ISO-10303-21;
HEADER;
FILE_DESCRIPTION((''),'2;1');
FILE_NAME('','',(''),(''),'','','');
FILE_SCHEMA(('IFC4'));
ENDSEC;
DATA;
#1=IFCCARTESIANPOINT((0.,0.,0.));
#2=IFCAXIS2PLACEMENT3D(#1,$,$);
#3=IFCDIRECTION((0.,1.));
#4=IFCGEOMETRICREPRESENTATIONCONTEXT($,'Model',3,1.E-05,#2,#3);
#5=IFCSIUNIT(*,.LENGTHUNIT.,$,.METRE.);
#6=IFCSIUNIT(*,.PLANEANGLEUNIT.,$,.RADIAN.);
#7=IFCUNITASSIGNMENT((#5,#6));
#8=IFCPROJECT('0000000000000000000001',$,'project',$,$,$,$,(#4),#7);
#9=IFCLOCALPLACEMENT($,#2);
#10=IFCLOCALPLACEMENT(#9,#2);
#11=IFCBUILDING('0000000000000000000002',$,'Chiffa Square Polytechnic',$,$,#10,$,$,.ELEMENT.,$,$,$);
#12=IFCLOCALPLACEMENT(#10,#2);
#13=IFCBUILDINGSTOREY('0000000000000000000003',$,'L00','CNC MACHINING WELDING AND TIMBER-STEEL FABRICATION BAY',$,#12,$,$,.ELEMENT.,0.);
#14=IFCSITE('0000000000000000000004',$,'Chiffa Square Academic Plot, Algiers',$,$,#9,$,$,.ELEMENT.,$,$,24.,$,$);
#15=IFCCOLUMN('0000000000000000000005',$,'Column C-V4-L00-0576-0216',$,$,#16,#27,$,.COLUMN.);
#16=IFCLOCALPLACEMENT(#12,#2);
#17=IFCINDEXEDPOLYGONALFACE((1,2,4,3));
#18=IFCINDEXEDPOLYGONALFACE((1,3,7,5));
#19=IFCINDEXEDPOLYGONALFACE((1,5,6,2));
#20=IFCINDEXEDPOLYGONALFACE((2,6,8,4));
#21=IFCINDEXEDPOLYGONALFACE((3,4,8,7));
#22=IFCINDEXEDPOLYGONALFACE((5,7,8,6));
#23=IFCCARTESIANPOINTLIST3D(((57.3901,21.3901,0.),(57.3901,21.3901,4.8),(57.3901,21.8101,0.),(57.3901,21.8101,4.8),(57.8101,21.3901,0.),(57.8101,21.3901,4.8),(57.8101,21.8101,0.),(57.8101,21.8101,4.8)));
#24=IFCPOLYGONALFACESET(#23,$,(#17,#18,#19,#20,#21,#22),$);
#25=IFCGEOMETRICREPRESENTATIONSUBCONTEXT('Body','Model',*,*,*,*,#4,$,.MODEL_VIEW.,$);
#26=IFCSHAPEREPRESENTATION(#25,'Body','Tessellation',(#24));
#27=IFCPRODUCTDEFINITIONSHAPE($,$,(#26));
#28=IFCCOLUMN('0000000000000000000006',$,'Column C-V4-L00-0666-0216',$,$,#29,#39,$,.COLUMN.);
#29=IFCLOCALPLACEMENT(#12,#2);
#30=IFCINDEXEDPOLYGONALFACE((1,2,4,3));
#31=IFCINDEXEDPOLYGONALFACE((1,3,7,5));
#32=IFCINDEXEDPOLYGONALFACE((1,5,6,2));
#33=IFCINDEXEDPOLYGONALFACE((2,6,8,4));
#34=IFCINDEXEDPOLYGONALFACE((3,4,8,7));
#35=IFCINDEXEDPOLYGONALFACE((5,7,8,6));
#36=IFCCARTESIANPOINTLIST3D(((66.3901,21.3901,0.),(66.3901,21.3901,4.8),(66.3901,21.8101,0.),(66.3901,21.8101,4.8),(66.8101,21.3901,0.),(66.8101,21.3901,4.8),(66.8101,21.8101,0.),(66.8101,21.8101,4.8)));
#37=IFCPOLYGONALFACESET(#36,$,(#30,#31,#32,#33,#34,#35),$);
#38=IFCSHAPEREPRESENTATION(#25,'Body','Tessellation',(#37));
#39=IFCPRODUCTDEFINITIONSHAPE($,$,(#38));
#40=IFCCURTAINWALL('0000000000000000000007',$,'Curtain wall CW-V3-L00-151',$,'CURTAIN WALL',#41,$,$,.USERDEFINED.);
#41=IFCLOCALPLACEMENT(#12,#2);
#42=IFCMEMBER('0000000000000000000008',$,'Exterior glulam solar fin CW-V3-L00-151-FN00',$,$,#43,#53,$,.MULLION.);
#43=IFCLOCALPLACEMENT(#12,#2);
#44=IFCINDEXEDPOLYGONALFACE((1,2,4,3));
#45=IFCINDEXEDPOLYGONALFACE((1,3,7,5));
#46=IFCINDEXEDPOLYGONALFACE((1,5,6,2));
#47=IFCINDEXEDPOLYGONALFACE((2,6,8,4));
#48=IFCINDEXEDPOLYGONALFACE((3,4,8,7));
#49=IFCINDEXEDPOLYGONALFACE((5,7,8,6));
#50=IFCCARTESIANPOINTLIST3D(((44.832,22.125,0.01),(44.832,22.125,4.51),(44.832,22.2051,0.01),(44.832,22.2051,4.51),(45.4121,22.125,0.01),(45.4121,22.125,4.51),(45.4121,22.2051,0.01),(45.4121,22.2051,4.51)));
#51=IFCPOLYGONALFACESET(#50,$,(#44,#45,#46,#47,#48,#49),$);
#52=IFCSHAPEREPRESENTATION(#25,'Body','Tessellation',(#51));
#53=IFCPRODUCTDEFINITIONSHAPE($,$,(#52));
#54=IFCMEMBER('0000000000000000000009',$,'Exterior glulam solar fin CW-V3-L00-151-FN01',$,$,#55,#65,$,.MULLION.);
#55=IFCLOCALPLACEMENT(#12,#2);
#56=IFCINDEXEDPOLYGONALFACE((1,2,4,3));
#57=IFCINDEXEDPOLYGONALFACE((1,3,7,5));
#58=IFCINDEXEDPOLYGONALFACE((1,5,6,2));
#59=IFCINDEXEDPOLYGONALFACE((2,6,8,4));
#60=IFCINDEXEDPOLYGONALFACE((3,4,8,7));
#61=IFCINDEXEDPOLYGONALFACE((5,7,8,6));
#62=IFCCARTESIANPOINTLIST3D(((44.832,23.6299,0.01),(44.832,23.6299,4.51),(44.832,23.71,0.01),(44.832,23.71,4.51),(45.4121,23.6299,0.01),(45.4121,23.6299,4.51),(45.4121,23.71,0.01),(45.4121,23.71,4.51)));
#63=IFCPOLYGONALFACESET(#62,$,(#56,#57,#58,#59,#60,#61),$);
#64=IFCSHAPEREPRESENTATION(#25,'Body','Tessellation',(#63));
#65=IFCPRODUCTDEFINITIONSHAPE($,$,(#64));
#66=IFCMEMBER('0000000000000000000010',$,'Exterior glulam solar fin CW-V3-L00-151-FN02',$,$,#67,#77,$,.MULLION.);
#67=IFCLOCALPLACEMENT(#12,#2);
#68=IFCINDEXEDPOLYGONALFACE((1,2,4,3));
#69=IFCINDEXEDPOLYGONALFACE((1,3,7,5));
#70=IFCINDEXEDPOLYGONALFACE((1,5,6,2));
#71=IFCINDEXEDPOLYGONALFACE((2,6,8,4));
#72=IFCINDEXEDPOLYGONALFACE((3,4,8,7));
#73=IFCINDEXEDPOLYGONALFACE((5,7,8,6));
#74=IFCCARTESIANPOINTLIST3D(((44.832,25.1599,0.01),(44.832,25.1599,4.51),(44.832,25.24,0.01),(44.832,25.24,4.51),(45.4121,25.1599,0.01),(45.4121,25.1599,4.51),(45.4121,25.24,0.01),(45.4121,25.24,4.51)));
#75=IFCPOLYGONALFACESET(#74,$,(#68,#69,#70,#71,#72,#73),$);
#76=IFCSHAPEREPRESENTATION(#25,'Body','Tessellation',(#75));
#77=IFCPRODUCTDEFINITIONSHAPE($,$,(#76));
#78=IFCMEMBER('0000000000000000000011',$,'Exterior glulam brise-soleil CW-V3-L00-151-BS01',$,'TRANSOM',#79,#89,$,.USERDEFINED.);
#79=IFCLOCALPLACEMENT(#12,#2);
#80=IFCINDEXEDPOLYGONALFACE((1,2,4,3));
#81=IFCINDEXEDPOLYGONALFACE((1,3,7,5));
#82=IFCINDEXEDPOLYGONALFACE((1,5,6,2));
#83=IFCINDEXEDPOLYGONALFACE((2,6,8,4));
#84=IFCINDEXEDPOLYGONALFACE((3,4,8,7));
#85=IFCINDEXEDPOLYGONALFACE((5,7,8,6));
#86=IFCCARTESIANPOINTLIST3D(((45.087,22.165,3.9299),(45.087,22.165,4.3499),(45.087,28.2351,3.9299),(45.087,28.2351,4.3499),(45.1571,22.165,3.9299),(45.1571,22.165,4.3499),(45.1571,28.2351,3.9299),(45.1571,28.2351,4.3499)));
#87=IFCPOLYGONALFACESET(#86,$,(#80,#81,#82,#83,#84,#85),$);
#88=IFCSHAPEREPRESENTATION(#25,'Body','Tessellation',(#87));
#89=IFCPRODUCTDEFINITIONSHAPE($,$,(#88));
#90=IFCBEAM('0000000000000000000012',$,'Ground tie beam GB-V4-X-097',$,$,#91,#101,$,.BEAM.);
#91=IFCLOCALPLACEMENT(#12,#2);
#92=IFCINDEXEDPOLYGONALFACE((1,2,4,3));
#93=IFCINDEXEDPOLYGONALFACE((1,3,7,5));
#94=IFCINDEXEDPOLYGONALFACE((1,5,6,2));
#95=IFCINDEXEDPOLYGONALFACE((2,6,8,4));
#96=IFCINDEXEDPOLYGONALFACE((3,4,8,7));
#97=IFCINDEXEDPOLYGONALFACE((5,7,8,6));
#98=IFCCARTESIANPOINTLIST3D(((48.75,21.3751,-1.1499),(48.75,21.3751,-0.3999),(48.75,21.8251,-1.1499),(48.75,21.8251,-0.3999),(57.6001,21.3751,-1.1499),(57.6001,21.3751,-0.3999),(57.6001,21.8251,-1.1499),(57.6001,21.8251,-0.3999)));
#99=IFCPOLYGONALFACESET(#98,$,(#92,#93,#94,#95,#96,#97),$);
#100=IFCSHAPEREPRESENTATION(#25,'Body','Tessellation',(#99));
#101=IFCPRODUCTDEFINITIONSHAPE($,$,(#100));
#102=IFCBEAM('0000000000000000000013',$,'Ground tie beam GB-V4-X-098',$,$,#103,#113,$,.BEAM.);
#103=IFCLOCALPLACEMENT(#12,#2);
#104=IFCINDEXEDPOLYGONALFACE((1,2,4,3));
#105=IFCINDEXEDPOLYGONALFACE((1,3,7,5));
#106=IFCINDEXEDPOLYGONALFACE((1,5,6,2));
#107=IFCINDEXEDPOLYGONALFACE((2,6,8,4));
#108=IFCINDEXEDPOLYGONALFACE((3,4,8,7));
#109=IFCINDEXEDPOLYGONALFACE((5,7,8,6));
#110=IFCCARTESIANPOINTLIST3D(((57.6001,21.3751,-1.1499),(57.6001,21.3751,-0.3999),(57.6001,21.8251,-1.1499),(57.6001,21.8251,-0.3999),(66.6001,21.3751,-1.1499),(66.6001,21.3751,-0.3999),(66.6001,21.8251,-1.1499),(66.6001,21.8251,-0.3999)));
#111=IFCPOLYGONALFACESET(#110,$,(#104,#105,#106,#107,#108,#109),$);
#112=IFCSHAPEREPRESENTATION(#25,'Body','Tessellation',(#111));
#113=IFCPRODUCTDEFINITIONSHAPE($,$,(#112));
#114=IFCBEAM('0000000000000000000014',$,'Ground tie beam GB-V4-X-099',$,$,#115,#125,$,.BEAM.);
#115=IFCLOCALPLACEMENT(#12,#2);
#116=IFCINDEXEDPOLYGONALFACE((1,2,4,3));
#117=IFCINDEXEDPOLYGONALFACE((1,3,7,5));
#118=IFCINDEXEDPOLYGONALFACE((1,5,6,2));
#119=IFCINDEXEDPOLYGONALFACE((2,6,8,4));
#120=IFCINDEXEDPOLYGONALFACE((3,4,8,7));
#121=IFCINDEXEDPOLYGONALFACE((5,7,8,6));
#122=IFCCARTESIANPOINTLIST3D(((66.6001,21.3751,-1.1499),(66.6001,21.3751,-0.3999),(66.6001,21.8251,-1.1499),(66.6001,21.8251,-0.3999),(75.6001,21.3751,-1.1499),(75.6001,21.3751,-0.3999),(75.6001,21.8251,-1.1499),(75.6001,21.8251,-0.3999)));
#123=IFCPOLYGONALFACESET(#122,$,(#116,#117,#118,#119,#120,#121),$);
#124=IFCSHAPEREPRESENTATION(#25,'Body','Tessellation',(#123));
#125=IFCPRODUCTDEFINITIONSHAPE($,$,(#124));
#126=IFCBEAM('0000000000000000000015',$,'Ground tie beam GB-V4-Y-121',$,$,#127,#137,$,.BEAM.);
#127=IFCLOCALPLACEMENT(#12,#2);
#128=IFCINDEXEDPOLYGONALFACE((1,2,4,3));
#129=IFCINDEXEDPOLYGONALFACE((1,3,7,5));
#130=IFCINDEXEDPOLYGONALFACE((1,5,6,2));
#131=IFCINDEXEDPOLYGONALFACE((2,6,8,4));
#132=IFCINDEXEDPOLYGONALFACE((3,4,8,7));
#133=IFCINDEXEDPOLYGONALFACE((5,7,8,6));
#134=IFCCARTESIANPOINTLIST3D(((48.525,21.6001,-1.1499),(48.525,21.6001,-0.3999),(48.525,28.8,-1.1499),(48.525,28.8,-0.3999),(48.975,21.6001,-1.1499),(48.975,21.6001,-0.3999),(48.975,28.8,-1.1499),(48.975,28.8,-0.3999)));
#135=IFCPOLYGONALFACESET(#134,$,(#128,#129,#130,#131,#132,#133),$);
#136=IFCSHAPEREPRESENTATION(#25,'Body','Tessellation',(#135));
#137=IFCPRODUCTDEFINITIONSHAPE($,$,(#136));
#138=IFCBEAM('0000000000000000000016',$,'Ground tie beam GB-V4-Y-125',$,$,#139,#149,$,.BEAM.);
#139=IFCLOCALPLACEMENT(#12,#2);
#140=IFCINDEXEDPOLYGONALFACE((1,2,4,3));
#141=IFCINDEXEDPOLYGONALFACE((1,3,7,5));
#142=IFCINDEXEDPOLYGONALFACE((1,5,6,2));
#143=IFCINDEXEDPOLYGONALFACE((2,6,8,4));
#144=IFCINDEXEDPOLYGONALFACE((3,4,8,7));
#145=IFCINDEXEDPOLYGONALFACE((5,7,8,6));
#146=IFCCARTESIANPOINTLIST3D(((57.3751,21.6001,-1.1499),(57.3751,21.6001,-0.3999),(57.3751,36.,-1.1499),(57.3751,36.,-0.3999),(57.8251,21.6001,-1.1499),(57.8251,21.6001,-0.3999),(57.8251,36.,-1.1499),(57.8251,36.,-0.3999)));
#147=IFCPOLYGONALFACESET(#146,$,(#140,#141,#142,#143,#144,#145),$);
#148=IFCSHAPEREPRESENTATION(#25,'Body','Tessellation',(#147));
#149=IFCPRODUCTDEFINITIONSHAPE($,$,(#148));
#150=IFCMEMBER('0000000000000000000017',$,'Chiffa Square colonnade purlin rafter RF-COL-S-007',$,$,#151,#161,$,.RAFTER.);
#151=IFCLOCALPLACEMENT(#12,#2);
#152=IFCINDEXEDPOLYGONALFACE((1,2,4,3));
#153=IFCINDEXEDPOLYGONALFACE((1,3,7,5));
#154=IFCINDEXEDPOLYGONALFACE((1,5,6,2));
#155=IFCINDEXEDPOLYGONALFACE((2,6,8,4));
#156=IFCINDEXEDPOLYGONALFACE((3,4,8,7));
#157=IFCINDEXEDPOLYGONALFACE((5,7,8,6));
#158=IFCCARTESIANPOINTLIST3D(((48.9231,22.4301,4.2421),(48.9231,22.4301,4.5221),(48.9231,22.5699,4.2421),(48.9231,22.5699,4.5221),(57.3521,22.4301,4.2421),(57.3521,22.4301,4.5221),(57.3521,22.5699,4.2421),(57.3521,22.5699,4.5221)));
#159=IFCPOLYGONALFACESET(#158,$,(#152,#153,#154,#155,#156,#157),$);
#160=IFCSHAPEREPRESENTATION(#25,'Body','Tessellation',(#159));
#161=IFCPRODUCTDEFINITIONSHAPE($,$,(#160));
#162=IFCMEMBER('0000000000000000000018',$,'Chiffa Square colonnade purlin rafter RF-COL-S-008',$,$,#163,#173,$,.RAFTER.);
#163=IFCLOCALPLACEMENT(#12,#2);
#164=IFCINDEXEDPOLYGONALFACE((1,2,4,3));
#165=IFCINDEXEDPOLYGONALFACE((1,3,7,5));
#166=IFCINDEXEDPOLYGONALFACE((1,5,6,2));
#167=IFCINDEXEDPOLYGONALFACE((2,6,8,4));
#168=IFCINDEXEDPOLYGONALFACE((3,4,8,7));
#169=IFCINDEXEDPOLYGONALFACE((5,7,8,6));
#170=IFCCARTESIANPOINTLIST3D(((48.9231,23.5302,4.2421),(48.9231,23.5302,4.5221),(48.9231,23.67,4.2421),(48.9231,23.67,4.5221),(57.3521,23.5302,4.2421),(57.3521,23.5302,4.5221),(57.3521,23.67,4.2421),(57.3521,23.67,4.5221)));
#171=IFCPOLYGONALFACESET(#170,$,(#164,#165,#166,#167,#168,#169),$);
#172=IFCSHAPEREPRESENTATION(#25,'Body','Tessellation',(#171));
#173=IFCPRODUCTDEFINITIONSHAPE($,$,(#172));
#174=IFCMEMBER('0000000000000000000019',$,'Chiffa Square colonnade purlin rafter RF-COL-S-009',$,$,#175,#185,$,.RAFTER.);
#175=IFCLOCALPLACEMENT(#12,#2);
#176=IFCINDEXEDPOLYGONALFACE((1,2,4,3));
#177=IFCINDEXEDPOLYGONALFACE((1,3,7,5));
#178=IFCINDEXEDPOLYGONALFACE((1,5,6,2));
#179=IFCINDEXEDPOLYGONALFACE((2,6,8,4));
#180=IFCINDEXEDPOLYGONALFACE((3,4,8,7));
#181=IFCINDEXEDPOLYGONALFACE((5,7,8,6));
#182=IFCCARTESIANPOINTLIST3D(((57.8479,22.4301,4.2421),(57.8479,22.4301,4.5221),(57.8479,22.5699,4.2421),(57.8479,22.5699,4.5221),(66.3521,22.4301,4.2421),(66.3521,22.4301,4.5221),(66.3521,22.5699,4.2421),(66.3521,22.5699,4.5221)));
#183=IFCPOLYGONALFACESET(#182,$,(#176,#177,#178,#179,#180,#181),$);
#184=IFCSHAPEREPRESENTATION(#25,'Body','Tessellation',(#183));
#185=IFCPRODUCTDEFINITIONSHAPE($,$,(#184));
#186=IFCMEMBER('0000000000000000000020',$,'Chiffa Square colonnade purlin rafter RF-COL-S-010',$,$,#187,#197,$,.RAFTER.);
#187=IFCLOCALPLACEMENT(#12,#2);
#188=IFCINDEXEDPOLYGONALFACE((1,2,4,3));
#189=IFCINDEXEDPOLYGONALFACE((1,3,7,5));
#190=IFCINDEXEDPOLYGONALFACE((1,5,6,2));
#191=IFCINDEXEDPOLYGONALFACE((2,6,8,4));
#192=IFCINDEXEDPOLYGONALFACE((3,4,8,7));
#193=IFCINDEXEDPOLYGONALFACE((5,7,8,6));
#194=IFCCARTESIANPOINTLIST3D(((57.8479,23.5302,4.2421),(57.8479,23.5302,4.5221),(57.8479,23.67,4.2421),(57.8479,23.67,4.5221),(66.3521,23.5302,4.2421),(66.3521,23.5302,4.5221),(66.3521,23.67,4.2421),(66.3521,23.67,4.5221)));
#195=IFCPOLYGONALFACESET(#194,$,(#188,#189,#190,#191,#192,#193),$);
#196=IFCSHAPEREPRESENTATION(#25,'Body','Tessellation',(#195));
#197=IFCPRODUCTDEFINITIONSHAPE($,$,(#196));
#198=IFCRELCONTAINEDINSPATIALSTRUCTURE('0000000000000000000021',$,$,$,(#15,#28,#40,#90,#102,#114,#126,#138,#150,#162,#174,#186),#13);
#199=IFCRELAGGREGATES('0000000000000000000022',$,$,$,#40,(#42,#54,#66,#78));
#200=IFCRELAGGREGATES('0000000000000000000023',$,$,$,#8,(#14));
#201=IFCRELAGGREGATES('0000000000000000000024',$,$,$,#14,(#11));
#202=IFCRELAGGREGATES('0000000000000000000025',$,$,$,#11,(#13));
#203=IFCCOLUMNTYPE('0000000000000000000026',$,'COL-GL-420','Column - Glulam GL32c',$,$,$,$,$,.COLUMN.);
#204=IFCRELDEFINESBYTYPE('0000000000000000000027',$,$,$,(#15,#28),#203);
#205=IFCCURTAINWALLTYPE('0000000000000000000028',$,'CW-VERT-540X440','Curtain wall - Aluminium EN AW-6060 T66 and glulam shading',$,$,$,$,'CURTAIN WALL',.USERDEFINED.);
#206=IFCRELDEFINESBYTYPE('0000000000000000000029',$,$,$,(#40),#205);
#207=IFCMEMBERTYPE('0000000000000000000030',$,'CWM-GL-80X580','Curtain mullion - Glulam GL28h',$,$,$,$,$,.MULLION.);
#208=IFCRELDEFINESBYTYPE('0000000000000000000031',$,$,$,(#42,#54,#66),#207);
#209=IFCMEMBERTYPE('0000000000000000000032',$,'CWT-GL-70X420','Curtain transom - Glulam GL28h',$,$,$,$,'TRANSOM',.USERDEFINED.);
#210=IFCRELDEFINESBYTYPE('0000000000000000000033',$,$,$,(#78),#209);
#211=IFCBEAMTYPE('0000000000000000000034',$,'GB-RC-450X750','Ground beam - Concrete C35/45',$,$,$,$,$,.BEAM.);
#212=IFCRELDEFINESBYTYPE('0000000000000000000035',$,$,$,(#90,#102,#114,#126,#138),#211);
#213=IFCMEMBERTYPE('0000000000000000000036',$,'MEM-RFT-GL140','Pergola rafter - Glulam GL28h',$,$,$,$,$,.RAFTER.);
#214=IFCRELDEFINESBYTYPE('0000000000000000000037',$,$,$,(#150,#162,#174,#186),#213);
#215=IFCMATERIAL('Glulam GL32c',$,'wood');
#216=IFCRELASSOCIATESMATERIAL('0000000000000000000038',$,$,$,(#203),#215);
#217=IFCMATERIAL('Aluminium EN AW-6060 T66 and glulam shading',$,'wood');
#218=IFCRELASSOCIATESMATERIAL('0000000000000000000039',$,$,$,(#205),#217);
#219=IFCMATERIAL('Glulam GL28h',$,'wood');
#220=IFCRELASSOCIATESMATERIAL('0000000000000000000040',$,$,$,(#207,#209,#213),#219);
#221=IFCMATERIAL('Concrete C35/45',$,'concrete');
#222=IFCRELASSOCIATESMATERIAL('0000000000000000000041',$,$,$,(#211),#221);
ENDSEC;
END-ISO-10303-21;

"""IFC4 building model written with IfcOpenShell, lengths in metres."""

from ifc_helpers import new_model, si_unit, direction, frame, origin, origin_2d, place, context, subcontext, project, spatial, rectangle, extrude, material, material_profile, profile_set, type_object, element, aggregate, save


model = new_model("IFC4")

# Units and contexts
model_context = context("Model", 3, precision=1e-05, world=origin(), true_north=direction((0.0, 1.0)))
body_context = subcontext(model_context, "Body", "Model", "MODEL_VIEW")
ifc_project = project(units=[si_unit("LENGTHUNIT", "METRE"), si_unit("PLANEANGLEUNIT", "RADIAN")], contexts=[model_context])

# Site, building, storey
site_placement = place(None, origin())
site = spatial("IfcSite", under=ifc_project, at=site_placement, Name="Chiffa Square Academic Plot, Algiers", CompositionType="ELEMENT", RefElevation=24.0)
building_placement = place(site_placement, origin())
building = spatial("IfcBuilding", under=site, at=building_placement, Name="Chiffa Square Polytechnic", CompositionType="ELEMENT")
storey_placement = place(building_placement, origin())
storey = spatial("IfcBuildingStorey", under=building, at=storey_placement, Name="L00", Description="CNC MACHINING WELDING AND TIMBER-STEEL FABRICATION BAY", CompositionType="ELEMENT", Elevation=0.0)

# Columns
ifc_material_1 = material(Name="Glulam GL32c", Category="wood")
ifc_material_profile_1 = material_profile(ifc_material_1, rectangle(XDim=0.4199, YDim=0.4199, at=origin_2d()), Name="GL32c 420x420")
ifc_profile_set_1 = profile_set([ifc_material_profile_1], Name="Glulam GL32c")
column_type = type_object("IfcColumnType", Name="COL-GL-420", Description="Column - Glulam GL32c", PredefinedType="COLUMN", material=ifc_profile_set_1)
for number, where, z_axis, x_axis, name in (
    (1, (57.6001, 21.6001, 0.0), (0.0, 0.0, 1.0), (1.0, 0.0, 0.0), "Column C-V4-L00-0576-0216"),
    (2, (66.6001, 21.6001, 0.0), (0.0, 0.0, 1.0), (1.0, 0.0, 0.0), "Column C-V4-L00-0666-0216"),
):
    element("IfcColumn", number, at=place(storey_placement, frame(where, z_axis=z_axis, x_axis=x_axis)), inside=storey, type_object=column_type, Name=name, PredefinedType="COLUMN", context=body_context, shape_type="SweptSolid", body=[
        extrude(rectangle(XDim=0.4199, YDim=0.4199, at=origin_2d()), origin(), (0.0, 0.0, 1.0), 4.8),
    ])

# Curtain wall, members
ifc_material_2 = material(Name="Aluminium EN AW-6060 T66 and glulam shading", Category="wood")
curtain_wall_type = type_object("IfcCurtainWallType", Name="CW-VERT-540X440", Description="Curtain wall - Aluminium EN AW-6060 T66 and glulam shading", ElementType="CURTAIN WALL", PredefinedType="USERDEFINED", material=ifc_material_2)
curtain_wall_placement = place(storey_placement, origin())
curtain_wall = element("IfcCurtainWall", 3, at=curtain_wall_placement, inside=storey, type_object=curtain_wall_type, Name="Curtain wall CW-V3-L00-151", ObjectType="CURTAIN WALL", PredefinedType="USERDEFINED")
ifc_material_3 = material(Name="Glulam GL28h", Category="wood")
ifc_material_profile_2 = material_profile(ifc_material_3, rectangle(XDim=0.0801, YDim=0.5801, at=origin_2d()), Name="GL28h 80x580")
ifc_profile_set_2 = profile_set([ifc_material_profile_2], Name="Glulam GL28h")
member_type_1 = type_object("IfcMemberType", Name="CWM-GL-80X580", Description="Curtain mullion - Glulam GL28h", PredefinedType="MULLION", material=ifc_profile_set_2)
member_1_placement = place(storey_placement, frame((45.1221, 22.165, 0.01), z_axis=(0.0, 0.0, 1.0), x_axis=(0.0, 1.0, 0.0)))
member_1 = element("IfcMember", 4, at=member_1_placement, type_object=member_type_1, Name="Exterior glulam solar fin CW-V3-L00-151-FN00", PredefinedType="MULLION", context=body_context, shape_type="SweptSolid", body=[
    extrude(rectangle(XDim=0.0801, YDim=0.5801, at=origin_2d()), origin(), (0.0, 0.0, 1.0), 4.5),
])
member_2_placement = place(storey_placement, frame((45.1221, 23.6699, 0.01), z_axis=(0.0, 0.0, 1.0), x_axis=(0.0, 1.0, 0.0)))
member_2 = element("IfcMember", 5, at=member_2_placement, type_object=member_type_1, Name="Exterior glulam solar fin CW-V3-L00-151-FN01", PredefinedType="MULLION", context=body_context, shape_type="SweptSolid", body=[
    extrude(rectangle(XDim=0.0801, YDim=0.5801, at=origin_2d()), origin(), (0.0, 0.0, 1.0), 4.5),
])
member_3_placement = place(storey_placement, frame((45.1221, 25.2, 0.01), z_axis=(0.0, 0.0, 1.0), x_axis=(0.0, 1.0, 0.0)))
member_3 = element("IfcMember", 6, at=member_3_placement, type_object=member_type_1, Name="Exterior glulam solar fin CW-V3-L00-151-FN02", PredefinedType="MULLION", context=body_context, shape_type="SweptSolid", body=[
    extrude(rectangle(XDim=0.0801, YDim=0.5801, at=origin_2d()), origin(), (0.0, 0.0, 1.0), 4.5),
])
ifc_material_profile_3 = material_profile(ifc_material_3, rectangle(XDim=0.0701, YDim=0.4199, at=origin_2d()), Name="GL28h 70x420")
ifc_profile_set_3 = profile_set([ifc_material_profile_3], Name="Glulam GL28h")
member_type_2 = type_object("IfcMemberType", Name="CWT-GL-70X420", Description="Curtain transom - Glulam GL28h", ElementType="TRANSOM", PredefinedType="USERDEFINED", material=ifc_profile_set_3)
member_4_placement = place(storey_placement, frame((45.1221, 22.165, 4.1399), z_axis=(0.0, 1.0, 0.0), x_axis=(-1.0, 0.0, 0.0)))
member_4 = element("IfcMember", 7, at=member_4_placement, type_object=member_type_2, Name="Exterior glulam brise-soleil CW-V3-L00-151-BS01", ObjectType="TRANSOM", PredefinedType="USERDEFINED", context=body_context, shape_type="SweptSolid", body=[
    extrude(rectangle(XDim=0.0701, YDim=0.4199, at=origin_2d()), origin(), (0.0, 0.0, 1.0), 6.0701),
])
aggregate(curtain_wall, [member_1, member_2, member_3, member_4])

# Beams
ifc_material_4 = material(Name="Concrete C35/45", Category="concrete")
ifc_material_profile_4 = material_profile(ifc_material_4, rectangle(XDim=0.45, YDim=0.75, at=origin_2d()), Name="RC 450x750")
ifc_profile_set_4 = profile_set([ifc_material_profile_4], Name="Concrete C35/45")
beam_type = type_object("IfcBeamType", Name="GB-RC-450X750", Description="Ground beam - Concrete C35/45", PredefinedType="BEAM", material=ifc_profile_set_4)
beam_1_placement = place(storey_placement, frame((48.75, 21.6001, -0.7749), z_axis=(1.0, 0.0, 0.0), x_axis=(0.0, 1.0, 0.0)))
element("IfcBeam", 8, at=beam_1_placement, inside=storey, type_object=beam_type, Name="Ground tie beam GB-V4-X-097", PredefinedType="BEAM", context=body_context, shape_type="SweptSolid", body=[
    extrude(rectangle(XDim=0.45, YDim=0.75, at=origin_2d()), origin(), (0.0, 0.0, 1.0), 8.8501),
])
for number, where, z_axis, x_axis, name in (
    (9, (57.6001, 21.6001, -0.7749), (1.0, 0.0, 0.0), (0.0, 1.0, 0.0), "Ground tie beam GB-V4-X-098"),
    (10, (66.6001, 21.6001, -0.7749), (1.0, 0.0, 0.0), (0.0, 1.0, 0.0), "Ground tie beam GB-V4-X-099"),
):
    element("IfcBeam", number, at=place(storey_placement, frame(where, z_axis=z_axis, x_axis=x_axis)), inside=storey, type_object=beam_type, Name=name, PredefinedType="BEAM", context=body_context, shape_type="SweptSolid", body=[
        extrude(rectangle(XDim=0.45, YDim=0.75, at=origin_2d()), origin(), (0.0, 0.0, 1.0), 9.0),
    ])
beam_2_placement = place(storey_placement, frame((48.75, 21.6001, -0.7749), z_axis=(0.0, 1.0, 0.0), x_axis=(-1.0, 0.0, 0.0)))
element("IfcBeam", 11, at=beam_2_placement, inside=storey, type_object=beam_type, Name="Ground tie beam GB-V4-Y-121", PredefinedType="BEAM", context=body_context, shape_type="SweptSolid", body=[
    extrude(rectangle(XDim=0.45, YDim=0.75, at=origin_2d()), origin(), (0.0, 0.0, 1.0), 7.2),
])
beam_3_placement = place(storey_placement, frame((57.6001, 21.6001, -0.7749), z_axis=(0.0, 1.0, 0.0), x_axis=(-1.0, 0.0, 0.0)))
element("IfcBeam", 12, at=beam_3_placement, inside=storey, type_object=beam_type, Name="Ground tie beam GB-V4-Y-125", PredefinedType="BEAM", context=body_context, shape_type="SweptSolid", body=[
    extrude(rectangle(XDim=0.45, YDim=0.75, at=origin_2d()), origin(), (0.0, 0.0, 1.0), 14.3999),
])

# Members
ifc_material_profile_5 = material_profile(ifc_material_3, rectangle(XDim=0.1399, YDim=0.28, at=origin_2d()), Name="GL28h 140x280")
ifc_profile_set_5 = profile_set([ifc_material_profile_5], Name="Glulam GL28h")
member_type_3 = type_object("IfcMemberType", Name="MEM-RFT-GL140", Description="Pergola rafter - Glulam GL28h", PredefinedType="RAFTER", material=ifc_profile_set_5)
for number, where, z_axis, x_axis, name in (
    (13, (48.9231, 22.5, 4.3821), (1.0, 0.0, 0.0), (0.0, 1.0, 0.0), "Chiffa Square colonnade purlin rafter RF-COL-S-007"),
    (14, (48.9231, 23.6001, 4.3821), (1.0, 0.0, 0.0), (0.0, 1.0, 0.0), "Chiffa Square colonnade purlin rafter RF-COL-S-008"),
):
    element("IfcMember", number, at=place(storey_placement, frame(where, z_axis=z_axis, x_axis=x_axis)), inside=storey, type_object=member_type_3, Name=name, PredefinedType="RAFTER", context=body_context, shape_type="SweptSolid", body=[
        extrude(rectangle(XDim=0.1399, YDim=0.28, at=origin_2d()), origin(), (0.0, 0.0, 1.0), 8.429),
    ])
for number, where, z_axis, x_axis, name in (
    (15, (57.8479, 22.5, 4.3821), (1.0, 0.0, 0.0), (0.0, 1.0, 0.0), "Chiffa Square colonnade purlin rafter RF-COL-S-009"),
    (16, (57.8479, 23.6001, 4.3821), (1.0, 0.0, 0.0), (0.0, 1.0, 0.0), "Chiffa Square colonnade purlin rafter RF-COL-S-010"),
):
    element("IfcMember", number, at=place(storey_placement, frame(where, z_axis=z_axis, x_axis=x_axis)), inside=storey, type_object=member_type_3, Name=name, PredefinedType="RAFTER", context=body_context, shape_type="SweptSolid", body=[
        extrude(rectangle(XDim=0.1399, YDim=0.28, at=origin_2d()), origin(), (0.0, 0.0, 1.0), 8.5042),
    ])

save(model, "model.ifc")
